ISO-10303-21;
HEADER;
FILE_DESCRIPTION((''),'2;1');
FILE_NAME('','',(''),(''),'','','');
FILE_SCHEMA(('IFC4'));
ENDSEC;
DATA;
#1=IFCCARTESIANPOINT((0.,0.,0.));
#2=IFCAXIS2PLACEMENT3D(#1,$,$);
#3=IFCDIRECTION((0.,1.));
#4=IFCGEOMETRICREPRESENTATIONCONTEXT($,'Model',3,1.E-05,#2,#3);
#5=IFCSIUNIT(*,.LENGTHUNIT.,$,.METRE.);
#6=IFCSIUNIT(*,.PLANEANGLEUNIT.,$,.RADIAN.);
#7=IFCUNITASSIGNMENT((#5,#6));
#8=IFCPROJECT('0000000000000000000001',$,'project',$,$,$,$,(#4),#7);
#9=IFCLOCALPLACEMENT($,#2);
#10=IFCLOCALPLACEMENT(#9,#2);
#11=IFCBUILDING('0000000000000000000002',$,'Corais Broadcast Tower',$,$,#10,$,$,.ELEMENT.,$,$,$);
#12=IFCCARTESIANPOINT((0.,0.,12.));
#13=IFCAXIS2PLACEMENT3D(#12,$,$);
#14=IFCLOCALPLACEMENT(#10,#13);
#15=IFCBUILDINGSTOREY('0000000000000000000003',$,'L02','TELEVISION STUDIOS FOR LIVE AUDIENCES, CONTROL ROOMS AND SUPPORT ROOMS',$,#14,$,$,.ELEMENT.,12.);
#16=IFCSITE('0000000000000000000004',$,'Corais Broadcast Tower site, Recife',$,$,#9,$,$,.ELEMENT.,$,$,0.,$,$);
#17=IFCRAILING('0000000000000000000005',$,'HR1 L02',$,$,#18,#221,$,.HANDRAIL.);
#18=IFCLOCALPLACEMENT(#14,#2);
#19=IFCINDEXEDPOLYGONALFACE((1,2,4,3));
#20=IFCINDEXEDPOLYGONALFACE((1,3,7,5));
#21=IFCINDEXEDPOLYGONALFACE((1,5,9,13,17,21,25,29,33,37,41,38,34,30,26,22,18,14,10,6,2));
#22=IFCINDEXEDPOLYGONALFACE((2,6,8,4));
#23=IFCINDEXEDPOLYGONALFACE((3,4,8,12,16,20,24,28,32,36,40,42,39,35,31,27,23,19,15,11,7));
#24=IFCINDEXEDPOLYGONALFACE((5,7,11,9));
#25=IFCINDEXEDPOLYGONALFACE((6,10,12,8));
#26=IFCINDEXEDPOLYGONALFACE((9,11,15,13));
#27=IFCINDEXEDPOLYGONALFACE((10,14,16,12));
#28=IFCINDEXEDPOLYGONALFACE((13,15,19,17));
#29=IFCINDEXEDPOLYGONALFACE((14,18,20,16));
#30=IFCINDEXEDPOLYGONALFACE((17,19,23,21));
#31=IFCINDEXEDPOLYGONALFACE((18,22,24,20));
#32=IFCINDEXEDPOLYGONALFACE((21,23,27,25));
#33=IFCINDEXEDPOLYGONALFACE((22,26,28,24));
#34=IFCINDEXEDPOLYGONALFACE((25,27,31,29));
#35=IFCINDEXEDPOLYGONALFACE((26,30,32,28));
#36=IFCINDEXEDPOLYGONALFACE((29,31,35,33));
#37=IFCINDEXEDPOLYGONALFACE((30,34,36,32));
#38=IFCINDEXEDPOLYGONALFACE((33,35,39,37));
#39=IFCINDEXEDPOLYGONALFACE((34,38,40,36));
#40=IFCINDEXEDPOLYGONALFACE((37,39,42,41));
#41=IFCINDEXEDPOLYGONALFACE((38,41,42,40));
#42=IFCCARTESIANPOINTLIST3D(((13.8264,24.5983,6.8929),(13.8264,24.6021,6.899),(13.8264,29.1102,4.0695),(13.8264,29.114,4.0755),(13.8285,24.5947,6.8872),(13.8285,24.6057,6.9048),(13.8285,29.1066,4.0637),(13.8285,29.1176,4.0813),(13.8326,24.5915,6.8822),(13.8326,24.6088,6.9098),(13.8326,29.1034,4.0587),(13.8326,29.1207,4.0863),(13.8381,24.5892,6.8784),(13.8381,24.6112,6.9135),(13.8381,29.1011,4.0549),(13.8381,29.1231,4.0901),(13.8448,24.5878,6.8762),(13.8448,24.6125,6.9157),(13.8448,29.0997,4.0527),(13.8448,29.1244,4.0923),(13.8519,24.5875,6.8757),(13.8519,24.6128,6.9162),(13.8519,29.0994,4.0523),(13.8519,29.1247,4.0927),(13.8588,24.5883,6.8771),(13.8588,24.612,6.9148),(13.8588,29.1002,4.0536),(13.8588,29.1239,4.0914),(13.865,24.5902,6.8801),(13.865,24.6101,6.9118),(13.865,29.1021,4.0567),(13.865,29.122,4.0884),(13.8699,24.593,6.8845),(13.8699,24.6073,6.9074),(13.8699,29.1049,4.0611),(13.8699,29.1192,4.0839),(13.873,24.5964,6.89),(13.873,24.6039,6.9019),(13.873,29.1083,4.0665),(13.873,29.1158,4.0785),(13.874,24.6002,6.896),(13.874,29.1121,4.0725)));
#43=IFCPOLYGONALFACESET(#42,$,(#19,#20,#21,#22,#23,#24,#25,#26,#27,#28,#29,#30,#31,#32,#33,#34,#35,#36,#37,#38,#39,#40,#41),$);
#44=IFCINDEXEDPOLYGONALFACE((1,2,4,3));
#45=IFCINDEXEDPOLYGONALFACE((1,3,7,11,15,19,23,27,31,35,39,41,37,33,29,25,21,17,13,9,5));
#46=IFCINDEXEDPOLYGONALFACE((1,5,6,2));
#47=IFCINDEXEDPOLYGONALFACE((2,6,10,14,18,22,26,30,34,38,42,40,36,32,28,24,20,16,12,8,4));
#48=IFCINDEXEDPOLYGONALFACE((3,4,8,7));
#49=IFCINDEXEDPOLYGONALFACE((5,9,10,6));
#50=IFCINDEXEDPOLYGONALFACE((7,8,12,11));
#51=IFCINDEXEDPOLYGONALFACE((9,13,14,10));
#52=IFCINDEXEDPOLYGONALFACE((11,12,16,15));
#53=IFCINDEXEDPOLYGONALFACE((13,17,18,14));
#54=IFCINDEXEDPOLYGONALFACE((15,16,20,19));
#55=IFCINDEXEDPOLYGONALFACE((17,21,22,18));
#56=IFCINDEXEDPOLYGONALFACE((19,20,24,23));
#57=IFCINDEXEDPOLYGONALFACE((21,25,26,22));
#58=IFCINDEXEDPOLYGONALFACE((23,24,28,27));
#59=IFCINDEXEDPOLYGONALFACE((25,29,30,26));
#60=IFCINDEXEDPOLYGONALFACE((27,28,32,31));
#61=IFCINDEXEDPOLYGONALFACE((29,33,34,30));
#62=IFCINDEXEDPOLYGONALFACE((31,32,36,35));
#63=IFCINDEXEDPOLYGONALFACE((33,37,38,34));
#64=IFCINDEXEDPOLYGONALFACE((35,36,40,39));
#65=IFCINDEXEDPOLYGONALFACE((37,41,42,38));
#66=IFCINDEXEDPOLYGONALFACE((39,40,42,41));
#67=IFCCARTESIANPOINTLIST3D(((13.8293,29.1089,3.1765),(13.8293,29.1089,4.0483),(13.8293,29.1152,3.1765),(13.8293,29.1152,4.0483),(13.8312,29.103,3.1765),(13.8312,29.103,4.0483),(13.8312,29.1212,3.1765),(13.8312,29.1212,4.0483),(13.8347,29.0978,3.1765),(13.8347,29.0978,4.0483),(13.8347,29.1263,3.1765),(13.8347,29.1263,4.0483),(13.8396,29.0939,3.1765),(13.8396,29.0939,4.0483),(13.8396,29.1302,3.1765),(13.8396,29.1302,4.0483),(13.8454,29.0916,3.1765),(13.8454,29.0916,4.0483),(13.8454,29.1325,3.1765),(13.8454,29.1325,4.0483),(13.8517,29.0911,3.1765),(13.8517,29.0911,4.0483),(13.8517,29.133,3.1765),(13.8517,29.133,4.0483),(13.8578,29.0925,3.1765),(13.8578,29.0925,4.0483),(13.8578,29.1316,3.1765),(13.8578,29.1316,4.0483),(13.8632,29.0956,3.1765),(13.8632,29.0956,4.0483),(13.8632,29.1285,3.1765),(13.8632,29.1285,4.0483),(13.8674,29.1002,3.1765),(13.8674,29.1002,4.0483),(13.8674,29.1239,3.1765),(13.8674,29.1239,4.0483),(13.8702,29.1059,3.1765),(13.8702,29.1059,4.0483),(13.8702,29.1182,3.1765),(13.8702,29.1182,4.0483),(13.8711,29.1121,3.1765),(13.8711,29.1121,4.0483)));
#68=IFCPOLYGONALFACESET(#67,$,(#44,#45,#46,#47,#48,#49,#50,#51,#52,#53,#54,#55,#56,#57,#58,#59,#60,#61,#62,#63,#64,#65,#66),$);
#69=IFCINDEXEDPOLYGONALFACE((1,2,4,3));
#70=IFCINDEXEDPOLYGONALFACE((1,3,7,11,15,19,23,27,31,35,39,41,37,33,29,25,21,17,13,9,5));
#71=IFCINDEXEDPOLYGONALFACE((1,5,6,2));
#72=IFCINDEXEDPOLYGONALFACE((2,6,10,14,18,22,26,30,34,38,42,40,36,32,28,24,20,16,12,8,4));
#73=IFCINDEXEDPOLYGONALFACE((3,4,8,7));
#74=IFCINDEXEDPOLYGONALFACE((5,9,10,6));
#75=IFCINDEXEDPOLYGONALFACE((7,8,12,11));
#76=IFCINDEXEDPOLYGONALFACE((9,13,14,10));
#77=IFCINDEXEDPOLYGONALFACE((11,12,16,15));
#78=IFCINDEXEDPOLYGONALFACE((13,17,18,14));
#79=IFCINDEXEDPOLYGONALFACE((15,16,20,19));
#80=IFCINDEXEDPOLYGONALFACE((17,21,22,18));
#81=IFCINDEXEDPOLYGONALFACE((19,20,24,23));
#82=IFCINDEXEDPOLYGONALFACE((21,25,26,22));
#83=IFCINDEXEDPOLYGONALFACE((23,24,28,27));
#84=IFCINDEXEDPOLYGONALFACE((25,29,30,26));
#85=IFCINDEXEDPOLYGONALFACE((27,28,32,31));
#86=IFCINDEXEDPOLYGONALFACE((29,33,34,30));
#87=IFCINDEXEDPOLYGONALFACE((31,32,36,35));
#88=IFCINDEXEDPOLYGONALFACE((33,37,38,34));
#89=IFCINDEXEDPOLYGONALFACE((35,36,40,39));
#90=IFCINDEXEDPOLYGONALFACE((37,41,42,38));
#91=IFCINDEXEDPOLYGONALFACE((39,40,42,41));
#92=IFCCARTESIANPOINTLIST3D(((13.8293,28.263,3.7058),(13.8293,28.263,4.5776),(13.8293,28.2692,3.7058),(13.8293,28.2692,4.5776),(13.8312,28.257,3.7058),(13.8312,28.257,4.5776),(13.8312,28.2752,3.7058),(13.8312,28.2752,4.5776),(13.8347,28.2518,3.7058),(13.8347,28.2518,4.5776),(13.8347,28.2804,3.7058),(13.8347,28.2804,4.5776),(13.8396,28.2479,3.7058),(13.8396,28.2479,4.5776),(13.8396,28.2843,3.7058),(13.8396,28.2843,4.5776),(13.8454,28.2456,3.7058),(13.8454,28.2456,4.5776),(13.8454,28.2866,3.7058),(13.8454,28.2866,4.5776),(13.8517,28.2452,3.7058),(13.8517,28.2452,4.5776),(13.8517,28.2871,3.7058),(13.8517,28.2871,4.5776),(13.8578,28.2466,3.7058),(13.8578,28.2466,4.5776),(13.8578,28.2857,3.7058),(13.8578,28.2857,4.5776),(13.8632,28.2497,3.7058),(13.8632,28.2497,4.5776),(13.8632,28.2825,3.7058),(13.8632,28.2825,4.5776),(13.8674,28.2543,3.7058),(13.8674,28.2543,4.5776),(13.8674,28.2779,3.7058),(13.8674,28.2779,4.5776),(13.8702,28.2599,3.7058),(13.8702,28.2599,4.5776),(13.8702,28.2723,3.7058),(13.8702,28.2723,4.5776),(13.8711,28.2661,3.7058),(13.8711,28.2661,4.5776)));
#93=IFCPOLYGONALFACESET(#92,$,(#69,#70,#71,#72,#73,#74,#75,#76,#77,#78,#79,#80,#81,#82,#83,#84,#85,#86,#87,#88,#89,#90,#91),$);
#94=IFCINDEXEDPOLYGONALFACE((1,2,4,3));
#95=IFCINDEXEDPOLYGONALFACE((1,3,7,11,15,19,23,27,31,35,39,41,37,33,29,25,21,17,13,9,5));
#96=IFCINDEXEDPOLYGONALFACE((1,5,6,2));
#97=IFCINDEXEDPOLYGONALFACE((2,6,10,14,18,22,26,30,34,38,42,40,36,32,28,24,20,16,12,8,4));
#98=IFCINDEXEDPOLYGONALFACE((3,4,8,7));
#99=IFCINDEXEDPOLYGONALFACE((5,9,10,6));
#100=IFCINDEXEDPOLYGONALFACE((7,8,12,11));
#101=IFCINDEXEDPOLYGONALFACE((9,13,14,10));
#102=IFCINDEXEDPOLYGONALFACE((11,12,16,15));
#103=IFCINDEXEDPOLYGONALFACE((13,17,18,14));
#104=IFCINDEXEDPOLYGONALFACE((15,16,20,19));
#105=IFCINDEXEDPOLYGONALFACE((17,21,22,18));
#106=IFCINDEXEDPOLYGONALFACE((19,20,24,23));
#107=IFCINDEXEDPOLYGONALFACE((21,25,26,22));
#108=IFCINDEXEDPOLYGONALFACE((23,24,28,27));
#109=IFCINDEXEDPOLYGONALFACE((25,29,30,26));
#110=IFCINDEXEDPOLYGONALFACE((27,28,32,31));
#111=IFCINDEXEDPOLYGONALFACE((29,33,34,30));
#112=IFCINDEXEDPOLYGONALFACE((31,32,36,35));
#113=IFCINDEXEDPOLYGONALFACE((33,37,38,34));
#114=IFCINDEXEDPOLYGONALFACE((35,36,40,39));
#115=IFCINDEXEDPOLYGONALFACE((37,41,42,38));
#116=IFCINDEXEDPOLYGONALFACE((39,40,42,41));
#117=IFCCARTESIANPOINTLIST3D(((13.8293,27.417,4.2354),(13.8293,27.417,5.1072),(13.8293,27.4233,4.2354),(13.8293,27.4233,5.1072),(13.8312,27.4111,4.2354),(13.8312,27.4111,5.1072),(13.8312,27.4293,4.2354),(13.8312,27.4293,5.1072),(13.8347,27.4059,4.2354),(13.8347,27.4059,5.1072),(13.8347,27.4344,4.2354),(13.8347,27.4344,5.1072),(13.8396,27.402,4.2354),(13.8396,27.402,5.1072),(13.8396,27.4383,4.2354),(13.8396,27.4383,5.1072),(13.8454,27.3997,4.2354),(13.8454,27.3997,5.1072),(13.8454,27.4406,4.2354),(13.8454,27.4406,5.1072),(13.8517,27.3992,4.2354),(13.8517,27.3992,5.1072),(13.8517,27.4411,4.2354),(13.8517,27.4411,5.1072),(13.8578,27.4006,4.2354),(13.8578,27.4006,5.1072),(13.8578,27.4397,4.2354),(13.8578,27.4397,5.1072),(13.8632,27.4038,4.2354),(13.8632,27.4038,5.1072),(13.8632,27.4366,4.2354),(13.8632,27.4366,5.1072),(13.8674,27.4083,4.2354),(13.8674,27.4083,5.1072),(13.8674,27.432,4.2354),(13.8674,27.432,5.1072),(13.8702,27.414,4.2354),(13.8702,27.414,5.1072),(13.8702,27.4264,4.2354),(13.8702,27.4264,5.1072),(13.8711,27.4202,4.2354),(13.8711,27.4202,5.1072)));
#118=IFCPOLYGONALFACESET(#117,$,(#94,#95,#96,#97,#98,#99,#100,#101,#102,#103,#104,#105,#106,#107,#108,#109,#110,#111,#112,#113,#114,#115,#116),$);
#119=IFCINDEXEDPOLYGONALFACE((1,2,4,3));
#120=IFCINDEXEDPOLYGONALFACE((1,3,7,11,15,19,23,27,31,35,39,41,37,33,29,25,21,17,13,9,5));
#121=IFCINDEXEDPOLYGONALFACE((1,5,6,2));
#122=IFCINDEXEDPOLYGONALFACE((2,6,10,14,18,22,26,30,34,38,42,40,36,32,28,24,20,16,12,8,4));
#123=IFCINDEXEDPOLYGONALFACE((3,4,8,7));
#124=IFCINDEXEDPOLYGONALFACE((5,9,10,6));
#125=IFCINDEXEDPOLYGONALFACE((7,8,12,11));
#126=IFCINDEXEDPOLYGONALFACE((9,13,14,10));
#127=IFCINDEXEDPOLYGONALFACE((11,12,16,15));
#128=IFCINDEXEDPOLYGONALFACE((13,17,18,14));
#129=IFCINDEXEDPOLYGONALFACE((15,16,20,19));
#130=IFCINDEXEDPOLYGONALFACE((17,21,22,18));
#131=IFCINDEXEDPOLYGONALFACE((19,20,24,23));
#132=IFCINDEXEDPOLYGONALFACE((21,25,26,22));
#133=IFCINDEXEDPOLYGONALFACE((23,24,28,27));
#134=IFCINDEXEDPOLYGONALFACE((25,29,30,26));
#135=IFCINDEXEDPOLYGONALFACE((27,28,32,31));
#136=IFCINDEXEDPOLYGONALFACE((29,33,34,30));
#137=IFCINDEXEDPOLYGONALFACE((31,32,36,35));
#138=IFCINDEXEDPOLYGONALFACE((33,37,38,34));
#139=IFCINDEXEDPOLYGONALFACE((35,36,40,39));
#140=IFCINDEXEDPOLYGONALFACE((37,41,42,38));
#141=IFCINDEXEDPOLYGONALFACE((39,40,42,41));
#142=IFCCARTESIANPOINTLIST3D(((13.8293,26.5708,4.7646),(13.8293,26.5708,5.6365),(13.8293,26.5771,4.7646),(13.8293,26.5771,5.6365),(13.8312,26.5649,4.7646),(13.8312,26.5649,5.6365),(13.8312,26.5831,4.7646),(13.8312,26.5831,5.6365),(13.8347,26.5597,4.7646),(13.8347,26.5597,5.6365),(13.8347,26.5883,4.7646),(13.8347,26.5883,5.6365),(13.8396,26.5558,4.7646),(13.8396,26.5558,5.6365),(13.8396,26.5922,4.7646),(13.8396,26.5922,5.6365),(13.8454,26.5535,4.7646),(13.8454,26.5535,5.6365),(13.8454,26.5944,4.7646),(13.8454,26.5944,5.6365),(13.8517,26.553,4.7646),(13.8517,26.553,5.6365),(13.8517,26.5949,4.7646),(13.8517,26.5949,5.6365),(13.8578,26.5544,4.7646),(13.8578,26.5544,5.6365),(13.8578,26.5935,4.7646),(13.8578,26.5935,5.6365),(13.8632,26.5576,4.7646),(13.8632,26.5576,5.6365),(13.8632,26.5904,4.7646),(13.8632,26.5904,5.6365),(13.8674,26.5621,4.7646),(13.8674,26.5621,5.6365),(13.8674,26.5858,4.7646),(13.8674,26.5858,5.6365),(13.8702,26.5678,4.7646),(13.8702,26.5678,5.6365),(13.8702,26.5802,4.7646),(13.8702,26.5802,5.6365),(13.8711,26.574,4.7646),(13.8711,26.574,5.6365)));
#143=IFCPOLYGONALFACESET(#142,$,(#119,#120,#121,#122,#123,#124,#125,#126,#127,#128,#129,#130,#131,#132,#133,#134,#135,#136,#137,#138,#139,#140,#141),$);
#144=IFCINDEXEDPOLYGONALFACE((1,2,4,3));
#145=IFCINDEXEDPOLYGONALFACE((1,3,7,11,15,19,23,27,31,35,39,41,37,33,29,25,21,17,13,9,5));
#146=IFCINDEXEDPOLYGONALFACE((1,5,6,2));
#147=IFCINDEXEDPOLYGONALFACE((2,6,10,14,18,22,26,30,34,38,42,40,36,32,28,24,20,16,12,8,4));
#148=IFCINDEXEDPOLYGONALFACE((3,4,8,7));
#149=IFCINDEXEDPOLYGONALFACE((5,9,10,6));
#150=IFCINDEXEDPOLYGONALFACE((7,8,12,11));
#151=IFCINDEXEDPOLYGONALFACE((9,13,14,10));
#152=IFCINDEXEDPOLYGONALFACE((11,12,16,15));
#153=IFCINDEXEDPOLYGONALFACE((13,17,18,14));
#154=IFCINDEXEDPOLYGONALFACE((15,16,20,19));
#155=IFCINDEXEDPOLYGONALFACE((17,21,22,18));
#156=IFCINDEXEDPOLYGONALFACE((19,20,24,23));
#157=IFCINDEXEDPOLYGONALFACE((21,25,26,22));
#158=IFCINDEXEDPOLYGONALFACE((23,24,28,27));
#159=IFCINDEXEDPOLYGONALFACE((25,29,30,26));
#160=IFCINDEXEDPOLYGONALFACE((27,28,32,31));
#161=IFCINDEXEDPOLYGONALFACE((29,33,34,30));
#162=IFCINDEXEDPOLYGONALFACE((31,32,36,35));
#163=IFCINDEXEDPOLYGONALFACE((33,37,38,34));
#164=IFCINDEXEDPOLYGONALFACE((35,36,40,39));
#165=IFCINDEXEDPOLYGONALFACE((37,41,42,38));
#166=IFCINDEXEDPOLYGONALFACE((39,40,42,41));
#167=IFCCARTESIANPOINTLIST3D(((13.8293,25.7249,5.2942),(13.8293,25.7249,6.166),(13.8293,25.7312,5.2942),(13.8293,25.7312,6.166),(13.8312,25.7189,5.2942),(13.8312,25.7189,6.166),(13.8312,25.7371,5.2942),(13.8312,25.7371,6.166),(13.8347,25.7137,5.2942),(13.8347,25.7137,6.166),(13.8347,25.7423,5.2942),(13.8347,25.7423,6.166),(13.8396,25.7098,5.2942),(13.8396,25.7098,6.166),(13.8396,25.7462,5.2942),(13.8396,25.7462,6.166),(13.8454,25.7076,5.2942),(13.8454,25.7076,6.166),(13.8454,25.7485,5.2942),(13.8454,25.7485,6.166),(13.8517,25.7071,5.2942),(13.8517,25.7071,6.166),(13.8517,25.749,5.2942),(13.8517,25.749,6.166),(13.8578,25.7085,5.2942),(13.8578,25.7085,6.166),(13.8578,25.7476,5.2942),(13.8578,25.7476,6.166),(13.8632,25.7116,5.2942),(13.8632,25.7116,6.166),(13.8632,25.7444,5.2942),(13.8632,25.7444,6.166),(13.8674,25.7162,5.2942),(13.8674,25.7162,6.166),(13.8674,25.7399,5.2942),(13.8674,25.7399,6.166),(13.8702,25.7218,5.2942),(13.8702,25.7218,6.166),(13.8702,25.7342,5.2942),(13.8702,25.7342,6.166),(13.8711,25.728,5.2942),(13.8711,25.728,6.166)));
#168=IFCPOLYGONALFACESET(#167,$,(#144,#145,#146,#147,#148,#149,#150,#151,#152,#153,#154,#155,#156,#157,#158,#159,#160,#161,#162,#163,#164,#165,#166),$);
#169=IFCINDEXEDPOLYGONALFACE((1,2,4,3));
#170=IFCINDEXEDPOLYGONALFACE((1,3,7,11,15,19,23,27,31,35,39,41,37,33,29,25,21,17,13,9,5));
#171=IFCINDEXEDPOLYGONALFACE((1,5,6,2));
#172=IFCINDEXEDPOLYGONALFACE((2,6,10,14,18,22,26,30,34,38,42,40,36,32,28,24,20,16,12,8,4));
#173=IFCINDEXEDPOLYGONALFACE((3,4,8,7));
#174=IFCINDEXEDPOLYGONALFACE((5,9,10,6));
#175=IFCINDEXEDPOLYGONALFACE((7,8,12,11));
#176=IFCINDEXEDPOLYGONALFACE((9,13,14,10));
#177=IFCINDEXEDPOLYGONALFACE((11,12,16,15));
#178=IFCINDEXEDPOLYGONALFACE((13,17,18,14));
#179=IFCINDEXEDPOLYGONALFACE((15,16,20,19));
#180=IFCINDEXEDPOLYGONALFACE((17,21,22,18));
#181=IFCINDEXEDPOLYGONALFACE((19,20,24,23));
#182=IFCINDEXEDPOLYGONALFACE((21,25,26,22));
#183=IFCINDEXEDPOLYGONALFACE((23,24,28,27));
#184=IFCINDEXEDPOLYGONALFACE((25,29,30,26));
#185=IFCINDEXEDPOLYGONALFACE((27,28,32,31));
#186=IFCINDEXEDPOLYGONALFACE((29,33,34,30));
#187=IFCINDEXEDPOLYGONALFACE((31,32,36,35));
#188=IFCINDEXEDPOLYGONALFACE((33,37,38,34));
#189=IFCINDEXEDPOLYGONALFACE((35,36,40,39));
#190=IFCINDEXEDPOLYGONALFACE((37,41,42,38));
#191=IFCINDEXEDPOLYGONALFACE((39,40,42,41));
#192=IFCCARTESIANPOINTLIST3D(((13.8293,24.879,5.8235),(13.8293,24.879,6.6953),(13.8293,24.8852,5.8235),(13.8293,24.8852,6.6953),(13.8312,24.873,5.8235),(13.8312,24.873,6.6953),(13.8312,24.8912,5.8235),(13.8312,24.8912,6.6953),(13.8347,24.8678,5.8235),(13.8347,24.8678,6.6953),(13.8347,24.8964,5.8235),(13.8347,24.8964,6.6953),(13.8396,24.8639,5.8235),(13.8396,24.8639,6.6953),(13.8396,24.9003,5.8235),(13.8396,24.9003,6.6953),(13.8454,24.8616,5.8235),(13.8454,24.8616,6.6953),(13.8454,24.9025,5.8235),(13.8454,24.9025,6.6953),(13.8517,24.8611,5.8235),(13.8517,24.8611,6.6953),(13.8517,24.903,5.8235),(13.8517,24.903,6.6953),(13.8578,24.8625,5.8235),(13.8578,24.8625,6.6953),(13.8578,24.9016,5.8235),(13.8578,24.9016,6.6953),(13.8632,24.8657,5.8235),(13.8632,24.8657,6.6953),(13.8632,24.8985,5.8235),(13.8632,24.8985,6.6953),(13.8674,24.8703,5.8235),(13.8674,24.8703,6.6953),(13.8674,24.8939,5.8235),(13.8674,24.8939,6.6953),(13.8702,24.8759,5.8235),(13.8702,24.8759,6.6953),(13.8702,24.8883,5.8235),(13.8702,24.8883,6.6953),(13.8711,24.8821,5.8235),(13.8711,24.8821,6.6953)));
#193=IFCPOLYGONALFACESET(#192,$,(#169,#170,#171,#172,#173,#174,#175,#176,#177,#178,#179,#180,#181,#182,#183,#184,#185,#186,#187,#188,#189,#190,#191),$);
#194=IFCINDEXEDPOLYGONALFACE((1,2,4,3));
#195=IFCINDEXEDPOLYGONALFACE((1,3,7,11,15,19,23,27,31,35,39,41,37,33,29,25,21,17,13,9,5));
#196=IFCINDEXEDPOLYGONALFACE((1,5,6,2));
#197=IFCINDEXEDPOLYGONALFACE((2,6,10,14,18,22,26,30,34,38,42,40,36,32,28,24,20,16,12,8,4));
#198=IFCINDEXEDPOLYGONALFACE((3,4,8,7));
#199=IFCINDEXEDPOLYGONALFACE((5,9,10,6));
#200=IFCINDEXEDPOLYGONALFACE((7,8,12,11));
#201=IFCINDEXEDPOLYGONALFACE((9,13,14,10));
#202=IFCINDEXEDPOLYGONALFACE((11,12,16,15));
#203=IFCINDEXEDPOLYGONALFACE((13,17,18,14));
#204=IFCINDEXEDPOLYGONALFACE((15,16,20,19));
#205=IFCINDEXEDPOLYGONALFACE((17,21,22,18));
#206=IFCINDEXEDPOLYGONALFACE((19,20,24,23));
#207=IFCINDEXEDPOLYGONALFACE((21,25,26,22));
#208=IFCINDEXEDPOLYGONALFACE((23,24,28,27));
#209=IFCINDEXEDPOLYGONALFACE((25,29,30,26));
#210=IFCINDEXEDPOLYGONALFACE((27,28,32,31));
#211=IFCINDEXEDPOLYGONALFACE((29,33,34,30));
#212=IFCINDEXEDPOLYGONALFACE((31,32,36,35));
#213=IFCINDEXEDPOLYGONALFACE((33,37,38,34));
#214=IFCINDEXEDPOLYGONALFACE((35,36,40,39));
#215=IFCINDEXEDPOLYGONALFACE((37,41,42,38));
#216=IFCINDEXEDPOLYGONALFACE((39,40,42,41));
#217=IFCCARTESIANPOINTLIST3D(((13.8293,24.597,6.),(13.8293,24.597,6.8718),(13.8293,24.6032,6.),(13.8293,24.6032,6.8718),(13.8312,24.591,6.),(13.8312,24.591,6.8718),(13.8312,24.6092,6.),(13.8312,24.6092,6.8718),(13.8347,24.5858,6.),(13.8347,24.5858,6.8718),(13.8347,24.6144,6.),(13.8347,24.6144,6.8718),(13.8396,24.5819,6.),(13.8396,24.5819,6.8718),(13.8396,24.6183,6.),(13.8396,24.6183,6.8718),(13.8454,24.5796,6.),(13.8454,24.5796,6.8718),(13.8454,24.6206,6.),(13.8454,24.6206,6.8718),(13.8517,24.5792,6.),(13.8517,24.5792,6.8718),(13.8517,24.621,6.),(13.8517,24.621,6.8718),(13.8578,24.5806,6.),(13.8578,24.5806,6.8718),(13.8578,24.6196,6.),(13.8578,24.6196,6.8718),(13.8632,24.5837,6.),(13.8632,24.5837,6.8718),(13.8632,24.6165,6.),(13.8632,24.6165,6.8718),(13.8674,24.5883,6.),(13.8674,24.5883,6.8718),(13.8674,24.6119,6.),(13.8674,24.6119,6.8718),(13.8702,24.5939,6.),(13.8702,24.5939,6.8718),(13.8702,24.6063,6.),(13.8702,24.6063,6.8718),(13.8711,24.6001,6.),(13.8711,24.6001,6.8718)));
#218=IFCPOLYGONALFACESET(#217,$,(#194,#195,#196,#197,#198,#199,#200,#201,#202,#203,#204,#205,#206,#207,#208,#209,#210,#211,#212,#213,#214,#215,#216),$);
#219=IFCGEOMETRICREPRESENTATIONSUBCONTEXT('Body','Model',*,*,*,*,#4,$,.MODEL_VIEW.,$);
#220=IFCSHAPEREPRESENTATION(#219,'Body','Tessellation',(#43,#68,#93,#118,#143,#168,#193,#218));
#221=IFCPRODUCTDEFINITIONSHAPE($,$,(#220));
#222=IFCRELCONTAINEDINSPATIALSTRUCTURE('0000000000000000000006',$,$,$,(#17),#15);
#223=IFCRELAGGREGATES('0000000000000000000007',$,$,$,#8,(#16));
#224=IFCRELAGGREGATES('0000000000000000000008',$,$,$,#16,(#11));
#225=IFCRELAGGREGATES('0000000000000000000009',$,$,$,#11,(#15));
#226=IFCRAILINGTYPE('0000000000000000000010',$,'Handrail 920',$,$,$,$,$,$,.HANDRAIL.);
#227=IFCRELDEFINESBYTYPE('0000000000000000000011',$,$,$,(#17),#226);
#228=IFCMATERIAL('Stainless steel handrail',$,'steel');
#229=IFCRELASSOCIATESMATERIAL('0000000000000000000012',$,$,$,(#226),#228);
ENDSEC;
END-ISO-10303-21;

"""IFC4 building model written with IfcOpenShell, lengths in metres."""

from ifc_helpers import new_model, si_unit, direction, frame, origin, origin_2d, place, context, subcontext, project, spatial, circle, extrude, material, type_object, element, save


model = new_model("IFC4")

# Units and contexts
model_context = context("Model", 3, precision=1e-05, world=origin(), true_north=direction((0.0, 1.0)))
body_context = subcontext(model_context, "Body", "Model", "MODEL_VIEW")
ifc_project = project(units=[si_unit("LENGTHUNIT", "METRE"), si_unit("PLANEANGLEUNIT", "RADIAN")], contexts=[model_context])

# Site, building, storey
site_placement = place(None, origin())
site = spatial("IfcSite", under=ifc_project, at=site_placement, Name="Corais Broadcast Tower site, Recife", CompositionType="ELEMENT", RefElevation=0.0)
building_placement = place(site_placement, origin())
building = spatial("IfcBuilding", under=site, at=building_placement, Name="Corais Broadcast Tower", CompositionType="ELEMENT")
storey_placement = place(building_placement, frame((0.0, 0.0, 12.0)))
storey = spatial("IfcBuildingStorey", under=building, at=storey_placement, Name="L02", Description="TELEVISION STUDIOS FOR LIVE AUDIENCES, CONTROL ROOMS AND SUPPORT ROOMS", CompositionType="ELEMENT", Elevation=12.0)

# Railing
ifc_material_1 = material(Name="Stainless steel handrail", Category="steel")
railing_type = type_object("IfcRailingType", Name="Handrail 920", PredefinedType="HANDRAIL", material=ifc_material_1)
railing_placement = place(storey_placement, frame((13.8501, 29.1121, 3.1765)))
element("IfcRailing", 1, at=railing_placement, inside=storey, type_object=railing_type, Name="HR1 L02", PredefinedType="HANDRAIL", context=body_context, shape_type="SweptSolid", body=[
    extrude(circle(Radius=0.0239, at=origin_2d()), frame((0.0, 0.0, 0.896), z_axis=(0.0, -0.847702, 0.530473), x_axis=(1.0, 0.0, 0.0)), (0.0, 0.0, 1.0), 5.3225),
    extrude(circle(Radius=0.021, at=origin_2d()), origin(), (0.0, 0.0, 1.0), 0.8718),
    extrude(circle(Radius=0.021, at=origin_2d()), frame((0.0, -0.8459, 0.5293)), (0.0, 0.0, 1.0), 0.8718),
    extrude(circle(Radius=0.021, at=origin_2d()), frame((0.0, -1.6919, 1.0588)), (0.0, 0.0, 1.0), 0.8718),
    extrude(circle(Radius=0.021, at=origin_2d()), frame((0.0, -2.5381, 1.5881)), (0.0, 0.0, 1.0), 0.8718),
    extrude(circle(Radius=0.021, at=origin_2d()), frame((0.0, -3.384, 2.1177)), (0.0, 0.0, 1.0), 0.8718),
    extrude(circle(Radius=0.021, at=origin_2d()), frame((0.0, -4.23, 2.647)), (0.0, 0.0, 1.0), 0.8718),
    extrude(circle(Radius=0.021, at=origin_2d()), frame((0.0, -4.512, 2.8235)), (0.0, 0.0, 1.0), 0.8718),
])

save(model, "model.ifc")
